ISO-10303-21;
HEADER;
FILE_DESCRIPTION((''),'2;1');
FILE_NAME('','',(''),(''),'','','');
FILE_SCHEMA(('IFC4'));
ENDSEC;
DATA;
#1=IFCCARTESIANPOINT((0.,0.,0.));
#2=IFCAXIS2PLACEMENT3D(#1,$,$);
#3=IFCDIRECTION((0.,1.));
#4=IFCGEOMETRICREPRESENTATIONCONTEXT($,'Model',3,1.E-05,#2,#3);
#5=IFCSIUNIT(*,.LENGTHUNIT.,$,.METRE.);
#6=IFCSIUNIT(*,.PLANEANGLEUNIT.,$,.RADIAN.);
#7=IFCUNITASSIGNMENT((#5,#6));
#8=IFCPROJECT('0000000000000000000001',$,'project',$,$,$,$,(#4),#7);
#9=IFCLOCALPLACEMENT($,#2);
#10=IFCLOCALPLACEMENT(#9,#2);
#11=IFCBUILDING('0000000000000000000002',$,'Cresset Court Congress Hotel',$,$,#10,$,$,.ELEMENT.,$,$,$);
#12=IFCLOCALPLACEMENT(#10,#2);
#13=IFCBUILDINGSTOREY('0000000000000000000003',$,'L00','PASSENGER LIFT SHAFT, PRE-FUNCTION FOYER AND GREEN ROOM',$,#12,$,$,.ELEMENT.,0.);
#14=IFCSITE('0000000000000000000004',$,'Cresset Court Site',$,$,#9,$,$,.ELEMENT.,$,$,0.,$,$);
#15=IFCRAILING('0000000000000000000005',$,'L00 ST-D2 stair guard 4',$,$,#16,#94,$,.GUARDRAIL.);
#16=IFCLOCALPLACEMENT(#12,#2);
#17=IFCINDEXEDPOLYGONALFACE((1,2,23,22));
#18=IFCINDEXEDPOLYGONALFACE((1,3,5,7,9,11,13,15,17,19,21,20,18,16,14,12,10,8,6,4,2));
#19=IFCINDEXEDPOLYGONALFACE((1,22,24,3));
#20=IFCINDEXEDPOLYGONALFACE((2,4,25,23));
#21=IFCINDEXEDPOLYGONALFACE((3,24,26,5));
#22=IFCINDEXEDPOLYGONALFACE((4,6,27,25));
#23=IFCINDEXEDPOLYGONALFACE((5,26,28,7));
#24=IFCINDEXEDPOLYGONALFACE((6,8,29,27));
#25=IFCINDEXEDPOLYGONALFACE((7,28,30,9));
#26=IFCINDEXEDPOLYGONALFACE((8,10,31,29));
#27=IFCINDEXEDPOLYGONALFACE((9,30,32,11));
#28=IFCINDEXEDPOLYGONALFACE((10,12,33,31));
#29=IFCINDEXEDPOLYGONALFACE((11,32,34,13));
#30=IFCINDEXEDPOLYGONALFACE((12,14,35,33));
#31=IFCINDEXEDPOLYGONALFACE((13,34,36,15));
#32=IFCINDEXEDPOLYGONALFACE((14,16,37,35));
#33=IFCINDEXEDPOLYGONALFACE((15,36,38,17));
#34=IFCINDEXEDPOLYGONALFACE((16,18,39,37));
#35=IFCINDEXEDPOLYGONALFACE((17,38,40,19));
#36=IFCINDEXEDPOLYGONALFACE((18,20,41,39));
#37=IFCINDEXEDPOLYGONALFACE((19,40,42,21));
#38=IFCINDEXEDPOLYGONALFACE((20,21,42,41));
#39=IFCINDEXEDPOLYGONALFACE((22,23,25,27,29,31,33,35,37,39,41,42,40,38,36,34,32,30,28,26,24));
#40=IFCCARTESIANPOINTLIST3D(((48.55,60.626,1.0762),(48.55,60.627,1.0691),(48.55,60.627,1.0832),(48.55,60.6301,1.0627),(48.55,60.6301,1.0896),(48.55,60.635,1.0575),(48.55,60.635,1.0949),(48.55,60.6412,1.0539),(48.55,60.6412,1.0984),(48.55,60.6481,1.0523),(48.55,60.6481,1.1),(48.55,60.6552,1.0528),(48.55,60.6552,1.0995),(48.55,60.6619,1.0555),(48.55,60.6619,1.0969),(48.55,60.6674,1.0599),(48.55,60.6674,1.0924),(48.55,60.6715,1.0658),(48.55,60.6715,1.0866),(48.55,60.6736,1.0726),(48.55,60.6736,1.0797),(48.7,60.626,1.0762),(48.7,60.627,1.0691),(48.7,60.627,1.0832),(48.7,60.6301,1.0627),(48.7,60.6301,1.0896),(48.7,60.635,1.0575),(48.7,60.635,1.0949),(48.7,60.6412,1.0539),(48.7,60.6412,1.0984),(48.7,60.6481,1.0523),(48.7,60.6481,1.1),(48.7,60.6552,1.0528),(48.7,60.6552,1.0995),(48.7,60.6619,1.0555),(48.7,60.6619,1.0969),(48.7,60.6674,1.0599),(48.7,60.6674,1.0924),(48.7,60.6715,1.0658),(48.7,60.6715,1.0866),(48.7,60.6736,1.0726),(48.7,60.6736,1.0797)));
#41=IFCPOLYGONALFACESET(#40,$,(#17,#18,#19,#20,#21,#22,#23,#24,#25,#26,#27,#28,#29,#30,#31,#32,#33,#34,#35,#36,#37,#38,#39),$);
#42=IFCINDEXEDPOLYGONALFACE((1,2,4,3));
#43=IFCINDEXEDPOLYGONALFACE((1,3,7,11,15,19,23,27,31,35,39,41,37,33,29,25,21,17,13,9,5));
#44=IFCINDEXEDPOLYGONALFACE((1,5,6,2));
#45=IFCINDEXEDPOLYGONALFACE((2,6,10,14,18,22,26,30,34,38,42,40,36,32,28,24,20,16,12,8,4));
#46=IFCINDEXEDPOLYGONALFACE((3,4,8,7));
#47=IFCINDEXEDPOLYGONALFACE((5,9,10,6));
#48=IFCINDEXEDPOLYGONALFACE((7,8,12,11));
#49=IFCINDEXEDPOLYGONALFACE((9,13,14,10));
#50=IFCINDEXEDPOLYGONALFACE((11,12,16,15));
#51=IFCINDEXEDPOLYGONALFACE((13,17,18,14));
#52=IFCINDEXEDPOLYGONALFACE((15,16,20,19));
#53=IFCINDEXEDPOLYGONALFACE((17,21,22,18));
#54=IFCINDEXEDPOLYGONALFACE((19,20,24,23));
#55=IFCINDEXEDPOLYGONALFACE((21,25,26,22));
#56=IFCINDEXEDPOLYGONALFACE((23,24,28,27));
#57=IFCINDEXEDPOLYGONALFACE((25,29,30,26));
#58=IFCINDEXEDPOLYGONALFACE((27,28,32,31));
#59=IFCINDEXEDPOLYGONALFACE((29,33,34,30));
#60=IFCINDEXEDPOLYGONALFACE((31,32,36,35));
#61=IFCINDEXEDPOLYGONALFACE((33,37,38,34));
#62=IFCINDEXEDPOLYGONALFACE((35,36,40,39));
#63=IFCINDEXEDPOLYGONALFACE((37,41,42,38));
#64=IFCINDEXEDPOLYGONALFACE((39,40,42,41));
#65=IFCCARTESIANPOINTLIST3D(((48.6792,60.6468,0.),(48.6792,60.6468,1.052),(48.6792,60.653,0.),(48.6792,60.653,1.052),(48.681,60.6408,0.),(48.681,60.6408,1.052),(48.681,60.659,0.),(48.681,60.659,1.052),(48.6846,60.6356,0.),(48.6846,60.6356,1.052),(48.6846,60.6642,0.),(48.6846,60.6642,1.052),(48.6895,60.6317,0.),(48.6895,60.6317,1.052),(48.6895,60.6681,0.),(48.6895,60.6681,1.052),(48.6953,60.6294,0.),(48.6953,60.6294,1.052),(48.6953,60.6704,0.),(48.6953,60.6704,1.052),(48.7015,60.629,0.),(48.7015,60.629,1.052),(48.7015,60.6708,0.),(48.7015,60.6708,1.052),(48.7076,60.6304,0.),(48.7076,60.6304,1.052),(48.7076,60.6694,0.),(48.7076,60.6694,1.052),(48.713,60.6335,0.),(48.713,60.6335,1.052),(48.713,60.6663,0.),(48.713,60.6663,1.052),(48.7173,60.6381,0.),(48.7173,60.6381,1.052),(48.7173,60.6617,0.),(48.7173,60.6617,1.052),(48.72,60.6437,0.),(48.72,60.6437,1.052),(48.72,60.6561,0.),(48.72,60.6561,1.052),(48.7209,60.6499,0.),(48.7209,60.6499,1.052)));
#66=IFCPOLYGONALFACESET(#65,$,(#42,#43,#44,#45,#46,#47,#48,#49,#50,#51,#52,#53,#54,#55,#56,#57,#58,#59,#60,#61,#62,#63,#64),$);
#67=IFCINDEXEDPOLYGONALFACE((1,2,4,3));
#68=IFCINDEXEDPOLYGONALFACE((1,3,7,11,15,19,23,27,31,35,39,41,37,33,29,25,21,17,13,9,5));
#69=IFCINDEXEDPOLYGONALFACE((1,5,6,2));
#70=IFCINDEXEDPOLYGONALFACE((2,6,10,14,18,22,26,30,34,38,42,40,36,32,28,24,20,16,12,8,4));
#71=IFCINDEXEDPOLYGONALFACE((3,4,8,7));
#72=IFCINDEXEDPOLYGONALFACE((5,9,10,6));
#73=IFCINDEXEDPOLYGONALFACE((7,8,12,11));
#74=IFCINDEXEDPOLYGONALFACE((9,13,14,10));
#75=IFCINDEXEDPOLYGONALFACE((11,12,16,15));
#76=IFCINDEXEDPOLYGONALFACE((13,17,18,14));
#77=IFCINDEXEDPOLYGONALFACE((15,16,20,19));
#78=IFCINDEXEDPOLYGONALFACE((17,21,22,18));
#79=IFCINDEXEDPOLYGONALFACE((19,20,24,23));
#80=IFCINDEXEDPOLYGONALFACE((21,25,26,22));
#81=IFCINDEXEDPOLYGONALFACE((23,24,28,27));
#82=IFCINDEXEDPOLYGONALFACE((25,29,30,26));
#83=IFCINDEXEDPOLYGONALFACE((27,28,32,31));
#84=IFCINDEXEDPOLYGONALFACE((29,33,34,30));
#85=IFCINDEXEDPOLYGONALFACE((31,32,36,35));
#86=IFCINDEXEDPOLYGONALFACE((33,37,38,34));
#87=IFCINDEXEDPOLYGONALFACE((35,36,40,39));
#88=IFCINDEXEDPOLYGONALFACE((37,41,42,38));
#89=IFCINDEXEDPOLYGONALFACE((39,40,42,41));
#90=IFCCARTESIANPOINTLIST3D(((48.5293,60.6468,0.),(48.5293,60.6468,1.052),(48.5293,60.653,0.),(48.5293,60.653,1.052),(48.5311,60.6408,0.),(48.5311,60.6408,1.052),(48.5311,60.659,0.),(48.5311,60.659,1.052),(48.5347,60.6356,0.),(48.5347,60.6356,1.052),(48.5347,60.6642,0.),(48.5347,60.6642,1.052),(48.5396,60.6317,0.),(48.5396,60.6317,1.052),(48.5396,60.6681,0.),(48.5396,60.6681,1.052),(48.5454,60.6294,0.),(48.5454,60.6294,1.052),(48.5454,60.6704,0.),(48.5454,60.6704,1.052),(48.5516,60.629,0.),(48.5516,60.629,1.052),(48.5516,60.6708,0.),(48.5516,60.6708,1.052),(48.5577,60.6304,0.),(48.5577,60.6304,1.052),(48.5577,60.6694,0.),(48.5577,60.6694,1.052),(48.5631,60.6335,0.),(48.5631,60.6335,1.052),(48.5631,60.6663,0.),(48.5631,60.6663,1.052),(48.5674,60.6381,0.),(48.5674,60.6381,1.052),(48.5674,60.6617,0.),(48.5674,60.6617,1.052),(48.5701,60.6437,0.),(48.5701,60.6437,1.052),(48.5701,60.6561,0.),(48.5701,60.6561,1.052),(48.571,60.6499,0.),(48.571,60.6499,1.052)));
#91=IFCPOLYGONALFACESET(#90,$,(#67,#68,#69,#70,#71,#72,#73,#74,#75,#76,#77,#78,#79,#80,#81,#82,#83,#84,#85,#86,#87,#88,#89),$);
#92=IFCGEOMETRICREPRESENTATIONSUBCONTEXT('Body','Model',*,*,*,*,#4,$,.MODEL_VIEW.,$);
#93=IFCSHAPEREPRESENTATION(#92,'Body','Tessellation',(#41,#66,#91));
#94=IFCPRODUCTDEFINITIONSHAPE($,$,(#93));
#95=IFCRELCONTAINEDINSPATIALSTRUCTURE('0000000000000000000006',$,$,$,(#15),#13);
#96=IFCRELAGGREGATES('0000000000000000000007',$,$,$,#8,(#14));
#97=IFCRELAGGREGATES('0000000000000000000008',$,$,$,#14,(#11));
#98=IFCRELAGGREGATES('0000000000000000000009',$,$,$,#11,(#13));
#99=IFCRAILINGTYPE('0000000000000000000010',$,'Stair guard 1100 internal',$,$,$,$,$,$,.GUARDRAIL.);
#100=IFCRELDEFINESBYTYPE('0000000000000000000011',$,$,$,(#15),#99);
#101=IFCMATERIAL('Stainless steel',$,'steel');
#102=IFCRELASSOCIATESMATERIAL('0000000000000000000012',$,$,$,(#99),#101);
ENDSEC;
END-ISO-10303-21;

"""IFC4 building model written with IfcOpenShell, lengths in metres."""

from ifc_helpers import new_model, si_unit, direction, frame, origin, origin_2d, place, context, subcontext, project, spatial, circle, extrude, material, type_object, element, save


model = new_model("IFC4")

# Units and contexts
model_context = context("Model", 3, precision=1e-05, world=origin(), true_north=direction((0.0, 1.0)))
body_context = subcontext(model_context, "Body", "Model", "MODEL_VIEW")
ifc_project = project(units=[si_unit("LENGTHUNIT", "METRE"), si_unit("PLANEANGLEUNIT", "RADIAN")], contexts=[model_context])

# Site, building, storey
site_placement = place(None, origin())
site = spatial("IfcSite", under=ifc_project, at=site_placement, Name="Cresset Court Site", CompositionType="ELEMENT", RefElevation=0.0)
building_placement = place(site_placement, origin())
building = spatial("IfcBuilding", under=site, at=building_placement, Name="Cresset Court Congress Hotel", CompositionType="ELEMENT")
storey_placement = place(building_placement, origin())
storey = spatial("IfcBuildingStorey", under=building, at=storey_placement, Name="L00", Description="PASSENGER LIFT SHAFT, PRE-FUNCTION FOYER AND GREEN ROOM", CompositionType="ELEMENT", Elevation=0.0)

# Railing
ifc_material_1 = material(Name="Stainless steel", Category="steel")
railing_type_1 = type_object("IfcRailingType", Name="Stair guard 1100 internal", PredefinedType="GUARDRAIL", material=ifc_material_1)
railing_1_placement = place(storey_placement, frame((48.7, 60.6499, 0.0)))
element("IfcRailing", 1, at=railing_1_placement, inside=storey, type_object=railing_type_1, Name="L00 ST-D2 stair guard 4", PredefinedType="GUARDRAIL", context=body_context, shape_type="SweptSolid", body=[
    extrude(circle(Radius=0.0239, at=origin_2d()), frame((0.0, 0.0, 1.0762), z_axis=(-1.0, 0.0, 0.0), x_axis=(0.0, -1.0, 0.0)), (0.0, 0.0, 1.0), 0.1499),
    extrude(circle(Radius=0.021, at=origin_2d()), origin(), (0.0, 0.0, 1.0), 1.052),
    extrude(circle(Radius=0.021, at=origin_2d()), frame((-0.1499, 0.0, 0.0)), (0.0, 0.0, 1.0), 1.052),
])

save(model, "model.ifc")
